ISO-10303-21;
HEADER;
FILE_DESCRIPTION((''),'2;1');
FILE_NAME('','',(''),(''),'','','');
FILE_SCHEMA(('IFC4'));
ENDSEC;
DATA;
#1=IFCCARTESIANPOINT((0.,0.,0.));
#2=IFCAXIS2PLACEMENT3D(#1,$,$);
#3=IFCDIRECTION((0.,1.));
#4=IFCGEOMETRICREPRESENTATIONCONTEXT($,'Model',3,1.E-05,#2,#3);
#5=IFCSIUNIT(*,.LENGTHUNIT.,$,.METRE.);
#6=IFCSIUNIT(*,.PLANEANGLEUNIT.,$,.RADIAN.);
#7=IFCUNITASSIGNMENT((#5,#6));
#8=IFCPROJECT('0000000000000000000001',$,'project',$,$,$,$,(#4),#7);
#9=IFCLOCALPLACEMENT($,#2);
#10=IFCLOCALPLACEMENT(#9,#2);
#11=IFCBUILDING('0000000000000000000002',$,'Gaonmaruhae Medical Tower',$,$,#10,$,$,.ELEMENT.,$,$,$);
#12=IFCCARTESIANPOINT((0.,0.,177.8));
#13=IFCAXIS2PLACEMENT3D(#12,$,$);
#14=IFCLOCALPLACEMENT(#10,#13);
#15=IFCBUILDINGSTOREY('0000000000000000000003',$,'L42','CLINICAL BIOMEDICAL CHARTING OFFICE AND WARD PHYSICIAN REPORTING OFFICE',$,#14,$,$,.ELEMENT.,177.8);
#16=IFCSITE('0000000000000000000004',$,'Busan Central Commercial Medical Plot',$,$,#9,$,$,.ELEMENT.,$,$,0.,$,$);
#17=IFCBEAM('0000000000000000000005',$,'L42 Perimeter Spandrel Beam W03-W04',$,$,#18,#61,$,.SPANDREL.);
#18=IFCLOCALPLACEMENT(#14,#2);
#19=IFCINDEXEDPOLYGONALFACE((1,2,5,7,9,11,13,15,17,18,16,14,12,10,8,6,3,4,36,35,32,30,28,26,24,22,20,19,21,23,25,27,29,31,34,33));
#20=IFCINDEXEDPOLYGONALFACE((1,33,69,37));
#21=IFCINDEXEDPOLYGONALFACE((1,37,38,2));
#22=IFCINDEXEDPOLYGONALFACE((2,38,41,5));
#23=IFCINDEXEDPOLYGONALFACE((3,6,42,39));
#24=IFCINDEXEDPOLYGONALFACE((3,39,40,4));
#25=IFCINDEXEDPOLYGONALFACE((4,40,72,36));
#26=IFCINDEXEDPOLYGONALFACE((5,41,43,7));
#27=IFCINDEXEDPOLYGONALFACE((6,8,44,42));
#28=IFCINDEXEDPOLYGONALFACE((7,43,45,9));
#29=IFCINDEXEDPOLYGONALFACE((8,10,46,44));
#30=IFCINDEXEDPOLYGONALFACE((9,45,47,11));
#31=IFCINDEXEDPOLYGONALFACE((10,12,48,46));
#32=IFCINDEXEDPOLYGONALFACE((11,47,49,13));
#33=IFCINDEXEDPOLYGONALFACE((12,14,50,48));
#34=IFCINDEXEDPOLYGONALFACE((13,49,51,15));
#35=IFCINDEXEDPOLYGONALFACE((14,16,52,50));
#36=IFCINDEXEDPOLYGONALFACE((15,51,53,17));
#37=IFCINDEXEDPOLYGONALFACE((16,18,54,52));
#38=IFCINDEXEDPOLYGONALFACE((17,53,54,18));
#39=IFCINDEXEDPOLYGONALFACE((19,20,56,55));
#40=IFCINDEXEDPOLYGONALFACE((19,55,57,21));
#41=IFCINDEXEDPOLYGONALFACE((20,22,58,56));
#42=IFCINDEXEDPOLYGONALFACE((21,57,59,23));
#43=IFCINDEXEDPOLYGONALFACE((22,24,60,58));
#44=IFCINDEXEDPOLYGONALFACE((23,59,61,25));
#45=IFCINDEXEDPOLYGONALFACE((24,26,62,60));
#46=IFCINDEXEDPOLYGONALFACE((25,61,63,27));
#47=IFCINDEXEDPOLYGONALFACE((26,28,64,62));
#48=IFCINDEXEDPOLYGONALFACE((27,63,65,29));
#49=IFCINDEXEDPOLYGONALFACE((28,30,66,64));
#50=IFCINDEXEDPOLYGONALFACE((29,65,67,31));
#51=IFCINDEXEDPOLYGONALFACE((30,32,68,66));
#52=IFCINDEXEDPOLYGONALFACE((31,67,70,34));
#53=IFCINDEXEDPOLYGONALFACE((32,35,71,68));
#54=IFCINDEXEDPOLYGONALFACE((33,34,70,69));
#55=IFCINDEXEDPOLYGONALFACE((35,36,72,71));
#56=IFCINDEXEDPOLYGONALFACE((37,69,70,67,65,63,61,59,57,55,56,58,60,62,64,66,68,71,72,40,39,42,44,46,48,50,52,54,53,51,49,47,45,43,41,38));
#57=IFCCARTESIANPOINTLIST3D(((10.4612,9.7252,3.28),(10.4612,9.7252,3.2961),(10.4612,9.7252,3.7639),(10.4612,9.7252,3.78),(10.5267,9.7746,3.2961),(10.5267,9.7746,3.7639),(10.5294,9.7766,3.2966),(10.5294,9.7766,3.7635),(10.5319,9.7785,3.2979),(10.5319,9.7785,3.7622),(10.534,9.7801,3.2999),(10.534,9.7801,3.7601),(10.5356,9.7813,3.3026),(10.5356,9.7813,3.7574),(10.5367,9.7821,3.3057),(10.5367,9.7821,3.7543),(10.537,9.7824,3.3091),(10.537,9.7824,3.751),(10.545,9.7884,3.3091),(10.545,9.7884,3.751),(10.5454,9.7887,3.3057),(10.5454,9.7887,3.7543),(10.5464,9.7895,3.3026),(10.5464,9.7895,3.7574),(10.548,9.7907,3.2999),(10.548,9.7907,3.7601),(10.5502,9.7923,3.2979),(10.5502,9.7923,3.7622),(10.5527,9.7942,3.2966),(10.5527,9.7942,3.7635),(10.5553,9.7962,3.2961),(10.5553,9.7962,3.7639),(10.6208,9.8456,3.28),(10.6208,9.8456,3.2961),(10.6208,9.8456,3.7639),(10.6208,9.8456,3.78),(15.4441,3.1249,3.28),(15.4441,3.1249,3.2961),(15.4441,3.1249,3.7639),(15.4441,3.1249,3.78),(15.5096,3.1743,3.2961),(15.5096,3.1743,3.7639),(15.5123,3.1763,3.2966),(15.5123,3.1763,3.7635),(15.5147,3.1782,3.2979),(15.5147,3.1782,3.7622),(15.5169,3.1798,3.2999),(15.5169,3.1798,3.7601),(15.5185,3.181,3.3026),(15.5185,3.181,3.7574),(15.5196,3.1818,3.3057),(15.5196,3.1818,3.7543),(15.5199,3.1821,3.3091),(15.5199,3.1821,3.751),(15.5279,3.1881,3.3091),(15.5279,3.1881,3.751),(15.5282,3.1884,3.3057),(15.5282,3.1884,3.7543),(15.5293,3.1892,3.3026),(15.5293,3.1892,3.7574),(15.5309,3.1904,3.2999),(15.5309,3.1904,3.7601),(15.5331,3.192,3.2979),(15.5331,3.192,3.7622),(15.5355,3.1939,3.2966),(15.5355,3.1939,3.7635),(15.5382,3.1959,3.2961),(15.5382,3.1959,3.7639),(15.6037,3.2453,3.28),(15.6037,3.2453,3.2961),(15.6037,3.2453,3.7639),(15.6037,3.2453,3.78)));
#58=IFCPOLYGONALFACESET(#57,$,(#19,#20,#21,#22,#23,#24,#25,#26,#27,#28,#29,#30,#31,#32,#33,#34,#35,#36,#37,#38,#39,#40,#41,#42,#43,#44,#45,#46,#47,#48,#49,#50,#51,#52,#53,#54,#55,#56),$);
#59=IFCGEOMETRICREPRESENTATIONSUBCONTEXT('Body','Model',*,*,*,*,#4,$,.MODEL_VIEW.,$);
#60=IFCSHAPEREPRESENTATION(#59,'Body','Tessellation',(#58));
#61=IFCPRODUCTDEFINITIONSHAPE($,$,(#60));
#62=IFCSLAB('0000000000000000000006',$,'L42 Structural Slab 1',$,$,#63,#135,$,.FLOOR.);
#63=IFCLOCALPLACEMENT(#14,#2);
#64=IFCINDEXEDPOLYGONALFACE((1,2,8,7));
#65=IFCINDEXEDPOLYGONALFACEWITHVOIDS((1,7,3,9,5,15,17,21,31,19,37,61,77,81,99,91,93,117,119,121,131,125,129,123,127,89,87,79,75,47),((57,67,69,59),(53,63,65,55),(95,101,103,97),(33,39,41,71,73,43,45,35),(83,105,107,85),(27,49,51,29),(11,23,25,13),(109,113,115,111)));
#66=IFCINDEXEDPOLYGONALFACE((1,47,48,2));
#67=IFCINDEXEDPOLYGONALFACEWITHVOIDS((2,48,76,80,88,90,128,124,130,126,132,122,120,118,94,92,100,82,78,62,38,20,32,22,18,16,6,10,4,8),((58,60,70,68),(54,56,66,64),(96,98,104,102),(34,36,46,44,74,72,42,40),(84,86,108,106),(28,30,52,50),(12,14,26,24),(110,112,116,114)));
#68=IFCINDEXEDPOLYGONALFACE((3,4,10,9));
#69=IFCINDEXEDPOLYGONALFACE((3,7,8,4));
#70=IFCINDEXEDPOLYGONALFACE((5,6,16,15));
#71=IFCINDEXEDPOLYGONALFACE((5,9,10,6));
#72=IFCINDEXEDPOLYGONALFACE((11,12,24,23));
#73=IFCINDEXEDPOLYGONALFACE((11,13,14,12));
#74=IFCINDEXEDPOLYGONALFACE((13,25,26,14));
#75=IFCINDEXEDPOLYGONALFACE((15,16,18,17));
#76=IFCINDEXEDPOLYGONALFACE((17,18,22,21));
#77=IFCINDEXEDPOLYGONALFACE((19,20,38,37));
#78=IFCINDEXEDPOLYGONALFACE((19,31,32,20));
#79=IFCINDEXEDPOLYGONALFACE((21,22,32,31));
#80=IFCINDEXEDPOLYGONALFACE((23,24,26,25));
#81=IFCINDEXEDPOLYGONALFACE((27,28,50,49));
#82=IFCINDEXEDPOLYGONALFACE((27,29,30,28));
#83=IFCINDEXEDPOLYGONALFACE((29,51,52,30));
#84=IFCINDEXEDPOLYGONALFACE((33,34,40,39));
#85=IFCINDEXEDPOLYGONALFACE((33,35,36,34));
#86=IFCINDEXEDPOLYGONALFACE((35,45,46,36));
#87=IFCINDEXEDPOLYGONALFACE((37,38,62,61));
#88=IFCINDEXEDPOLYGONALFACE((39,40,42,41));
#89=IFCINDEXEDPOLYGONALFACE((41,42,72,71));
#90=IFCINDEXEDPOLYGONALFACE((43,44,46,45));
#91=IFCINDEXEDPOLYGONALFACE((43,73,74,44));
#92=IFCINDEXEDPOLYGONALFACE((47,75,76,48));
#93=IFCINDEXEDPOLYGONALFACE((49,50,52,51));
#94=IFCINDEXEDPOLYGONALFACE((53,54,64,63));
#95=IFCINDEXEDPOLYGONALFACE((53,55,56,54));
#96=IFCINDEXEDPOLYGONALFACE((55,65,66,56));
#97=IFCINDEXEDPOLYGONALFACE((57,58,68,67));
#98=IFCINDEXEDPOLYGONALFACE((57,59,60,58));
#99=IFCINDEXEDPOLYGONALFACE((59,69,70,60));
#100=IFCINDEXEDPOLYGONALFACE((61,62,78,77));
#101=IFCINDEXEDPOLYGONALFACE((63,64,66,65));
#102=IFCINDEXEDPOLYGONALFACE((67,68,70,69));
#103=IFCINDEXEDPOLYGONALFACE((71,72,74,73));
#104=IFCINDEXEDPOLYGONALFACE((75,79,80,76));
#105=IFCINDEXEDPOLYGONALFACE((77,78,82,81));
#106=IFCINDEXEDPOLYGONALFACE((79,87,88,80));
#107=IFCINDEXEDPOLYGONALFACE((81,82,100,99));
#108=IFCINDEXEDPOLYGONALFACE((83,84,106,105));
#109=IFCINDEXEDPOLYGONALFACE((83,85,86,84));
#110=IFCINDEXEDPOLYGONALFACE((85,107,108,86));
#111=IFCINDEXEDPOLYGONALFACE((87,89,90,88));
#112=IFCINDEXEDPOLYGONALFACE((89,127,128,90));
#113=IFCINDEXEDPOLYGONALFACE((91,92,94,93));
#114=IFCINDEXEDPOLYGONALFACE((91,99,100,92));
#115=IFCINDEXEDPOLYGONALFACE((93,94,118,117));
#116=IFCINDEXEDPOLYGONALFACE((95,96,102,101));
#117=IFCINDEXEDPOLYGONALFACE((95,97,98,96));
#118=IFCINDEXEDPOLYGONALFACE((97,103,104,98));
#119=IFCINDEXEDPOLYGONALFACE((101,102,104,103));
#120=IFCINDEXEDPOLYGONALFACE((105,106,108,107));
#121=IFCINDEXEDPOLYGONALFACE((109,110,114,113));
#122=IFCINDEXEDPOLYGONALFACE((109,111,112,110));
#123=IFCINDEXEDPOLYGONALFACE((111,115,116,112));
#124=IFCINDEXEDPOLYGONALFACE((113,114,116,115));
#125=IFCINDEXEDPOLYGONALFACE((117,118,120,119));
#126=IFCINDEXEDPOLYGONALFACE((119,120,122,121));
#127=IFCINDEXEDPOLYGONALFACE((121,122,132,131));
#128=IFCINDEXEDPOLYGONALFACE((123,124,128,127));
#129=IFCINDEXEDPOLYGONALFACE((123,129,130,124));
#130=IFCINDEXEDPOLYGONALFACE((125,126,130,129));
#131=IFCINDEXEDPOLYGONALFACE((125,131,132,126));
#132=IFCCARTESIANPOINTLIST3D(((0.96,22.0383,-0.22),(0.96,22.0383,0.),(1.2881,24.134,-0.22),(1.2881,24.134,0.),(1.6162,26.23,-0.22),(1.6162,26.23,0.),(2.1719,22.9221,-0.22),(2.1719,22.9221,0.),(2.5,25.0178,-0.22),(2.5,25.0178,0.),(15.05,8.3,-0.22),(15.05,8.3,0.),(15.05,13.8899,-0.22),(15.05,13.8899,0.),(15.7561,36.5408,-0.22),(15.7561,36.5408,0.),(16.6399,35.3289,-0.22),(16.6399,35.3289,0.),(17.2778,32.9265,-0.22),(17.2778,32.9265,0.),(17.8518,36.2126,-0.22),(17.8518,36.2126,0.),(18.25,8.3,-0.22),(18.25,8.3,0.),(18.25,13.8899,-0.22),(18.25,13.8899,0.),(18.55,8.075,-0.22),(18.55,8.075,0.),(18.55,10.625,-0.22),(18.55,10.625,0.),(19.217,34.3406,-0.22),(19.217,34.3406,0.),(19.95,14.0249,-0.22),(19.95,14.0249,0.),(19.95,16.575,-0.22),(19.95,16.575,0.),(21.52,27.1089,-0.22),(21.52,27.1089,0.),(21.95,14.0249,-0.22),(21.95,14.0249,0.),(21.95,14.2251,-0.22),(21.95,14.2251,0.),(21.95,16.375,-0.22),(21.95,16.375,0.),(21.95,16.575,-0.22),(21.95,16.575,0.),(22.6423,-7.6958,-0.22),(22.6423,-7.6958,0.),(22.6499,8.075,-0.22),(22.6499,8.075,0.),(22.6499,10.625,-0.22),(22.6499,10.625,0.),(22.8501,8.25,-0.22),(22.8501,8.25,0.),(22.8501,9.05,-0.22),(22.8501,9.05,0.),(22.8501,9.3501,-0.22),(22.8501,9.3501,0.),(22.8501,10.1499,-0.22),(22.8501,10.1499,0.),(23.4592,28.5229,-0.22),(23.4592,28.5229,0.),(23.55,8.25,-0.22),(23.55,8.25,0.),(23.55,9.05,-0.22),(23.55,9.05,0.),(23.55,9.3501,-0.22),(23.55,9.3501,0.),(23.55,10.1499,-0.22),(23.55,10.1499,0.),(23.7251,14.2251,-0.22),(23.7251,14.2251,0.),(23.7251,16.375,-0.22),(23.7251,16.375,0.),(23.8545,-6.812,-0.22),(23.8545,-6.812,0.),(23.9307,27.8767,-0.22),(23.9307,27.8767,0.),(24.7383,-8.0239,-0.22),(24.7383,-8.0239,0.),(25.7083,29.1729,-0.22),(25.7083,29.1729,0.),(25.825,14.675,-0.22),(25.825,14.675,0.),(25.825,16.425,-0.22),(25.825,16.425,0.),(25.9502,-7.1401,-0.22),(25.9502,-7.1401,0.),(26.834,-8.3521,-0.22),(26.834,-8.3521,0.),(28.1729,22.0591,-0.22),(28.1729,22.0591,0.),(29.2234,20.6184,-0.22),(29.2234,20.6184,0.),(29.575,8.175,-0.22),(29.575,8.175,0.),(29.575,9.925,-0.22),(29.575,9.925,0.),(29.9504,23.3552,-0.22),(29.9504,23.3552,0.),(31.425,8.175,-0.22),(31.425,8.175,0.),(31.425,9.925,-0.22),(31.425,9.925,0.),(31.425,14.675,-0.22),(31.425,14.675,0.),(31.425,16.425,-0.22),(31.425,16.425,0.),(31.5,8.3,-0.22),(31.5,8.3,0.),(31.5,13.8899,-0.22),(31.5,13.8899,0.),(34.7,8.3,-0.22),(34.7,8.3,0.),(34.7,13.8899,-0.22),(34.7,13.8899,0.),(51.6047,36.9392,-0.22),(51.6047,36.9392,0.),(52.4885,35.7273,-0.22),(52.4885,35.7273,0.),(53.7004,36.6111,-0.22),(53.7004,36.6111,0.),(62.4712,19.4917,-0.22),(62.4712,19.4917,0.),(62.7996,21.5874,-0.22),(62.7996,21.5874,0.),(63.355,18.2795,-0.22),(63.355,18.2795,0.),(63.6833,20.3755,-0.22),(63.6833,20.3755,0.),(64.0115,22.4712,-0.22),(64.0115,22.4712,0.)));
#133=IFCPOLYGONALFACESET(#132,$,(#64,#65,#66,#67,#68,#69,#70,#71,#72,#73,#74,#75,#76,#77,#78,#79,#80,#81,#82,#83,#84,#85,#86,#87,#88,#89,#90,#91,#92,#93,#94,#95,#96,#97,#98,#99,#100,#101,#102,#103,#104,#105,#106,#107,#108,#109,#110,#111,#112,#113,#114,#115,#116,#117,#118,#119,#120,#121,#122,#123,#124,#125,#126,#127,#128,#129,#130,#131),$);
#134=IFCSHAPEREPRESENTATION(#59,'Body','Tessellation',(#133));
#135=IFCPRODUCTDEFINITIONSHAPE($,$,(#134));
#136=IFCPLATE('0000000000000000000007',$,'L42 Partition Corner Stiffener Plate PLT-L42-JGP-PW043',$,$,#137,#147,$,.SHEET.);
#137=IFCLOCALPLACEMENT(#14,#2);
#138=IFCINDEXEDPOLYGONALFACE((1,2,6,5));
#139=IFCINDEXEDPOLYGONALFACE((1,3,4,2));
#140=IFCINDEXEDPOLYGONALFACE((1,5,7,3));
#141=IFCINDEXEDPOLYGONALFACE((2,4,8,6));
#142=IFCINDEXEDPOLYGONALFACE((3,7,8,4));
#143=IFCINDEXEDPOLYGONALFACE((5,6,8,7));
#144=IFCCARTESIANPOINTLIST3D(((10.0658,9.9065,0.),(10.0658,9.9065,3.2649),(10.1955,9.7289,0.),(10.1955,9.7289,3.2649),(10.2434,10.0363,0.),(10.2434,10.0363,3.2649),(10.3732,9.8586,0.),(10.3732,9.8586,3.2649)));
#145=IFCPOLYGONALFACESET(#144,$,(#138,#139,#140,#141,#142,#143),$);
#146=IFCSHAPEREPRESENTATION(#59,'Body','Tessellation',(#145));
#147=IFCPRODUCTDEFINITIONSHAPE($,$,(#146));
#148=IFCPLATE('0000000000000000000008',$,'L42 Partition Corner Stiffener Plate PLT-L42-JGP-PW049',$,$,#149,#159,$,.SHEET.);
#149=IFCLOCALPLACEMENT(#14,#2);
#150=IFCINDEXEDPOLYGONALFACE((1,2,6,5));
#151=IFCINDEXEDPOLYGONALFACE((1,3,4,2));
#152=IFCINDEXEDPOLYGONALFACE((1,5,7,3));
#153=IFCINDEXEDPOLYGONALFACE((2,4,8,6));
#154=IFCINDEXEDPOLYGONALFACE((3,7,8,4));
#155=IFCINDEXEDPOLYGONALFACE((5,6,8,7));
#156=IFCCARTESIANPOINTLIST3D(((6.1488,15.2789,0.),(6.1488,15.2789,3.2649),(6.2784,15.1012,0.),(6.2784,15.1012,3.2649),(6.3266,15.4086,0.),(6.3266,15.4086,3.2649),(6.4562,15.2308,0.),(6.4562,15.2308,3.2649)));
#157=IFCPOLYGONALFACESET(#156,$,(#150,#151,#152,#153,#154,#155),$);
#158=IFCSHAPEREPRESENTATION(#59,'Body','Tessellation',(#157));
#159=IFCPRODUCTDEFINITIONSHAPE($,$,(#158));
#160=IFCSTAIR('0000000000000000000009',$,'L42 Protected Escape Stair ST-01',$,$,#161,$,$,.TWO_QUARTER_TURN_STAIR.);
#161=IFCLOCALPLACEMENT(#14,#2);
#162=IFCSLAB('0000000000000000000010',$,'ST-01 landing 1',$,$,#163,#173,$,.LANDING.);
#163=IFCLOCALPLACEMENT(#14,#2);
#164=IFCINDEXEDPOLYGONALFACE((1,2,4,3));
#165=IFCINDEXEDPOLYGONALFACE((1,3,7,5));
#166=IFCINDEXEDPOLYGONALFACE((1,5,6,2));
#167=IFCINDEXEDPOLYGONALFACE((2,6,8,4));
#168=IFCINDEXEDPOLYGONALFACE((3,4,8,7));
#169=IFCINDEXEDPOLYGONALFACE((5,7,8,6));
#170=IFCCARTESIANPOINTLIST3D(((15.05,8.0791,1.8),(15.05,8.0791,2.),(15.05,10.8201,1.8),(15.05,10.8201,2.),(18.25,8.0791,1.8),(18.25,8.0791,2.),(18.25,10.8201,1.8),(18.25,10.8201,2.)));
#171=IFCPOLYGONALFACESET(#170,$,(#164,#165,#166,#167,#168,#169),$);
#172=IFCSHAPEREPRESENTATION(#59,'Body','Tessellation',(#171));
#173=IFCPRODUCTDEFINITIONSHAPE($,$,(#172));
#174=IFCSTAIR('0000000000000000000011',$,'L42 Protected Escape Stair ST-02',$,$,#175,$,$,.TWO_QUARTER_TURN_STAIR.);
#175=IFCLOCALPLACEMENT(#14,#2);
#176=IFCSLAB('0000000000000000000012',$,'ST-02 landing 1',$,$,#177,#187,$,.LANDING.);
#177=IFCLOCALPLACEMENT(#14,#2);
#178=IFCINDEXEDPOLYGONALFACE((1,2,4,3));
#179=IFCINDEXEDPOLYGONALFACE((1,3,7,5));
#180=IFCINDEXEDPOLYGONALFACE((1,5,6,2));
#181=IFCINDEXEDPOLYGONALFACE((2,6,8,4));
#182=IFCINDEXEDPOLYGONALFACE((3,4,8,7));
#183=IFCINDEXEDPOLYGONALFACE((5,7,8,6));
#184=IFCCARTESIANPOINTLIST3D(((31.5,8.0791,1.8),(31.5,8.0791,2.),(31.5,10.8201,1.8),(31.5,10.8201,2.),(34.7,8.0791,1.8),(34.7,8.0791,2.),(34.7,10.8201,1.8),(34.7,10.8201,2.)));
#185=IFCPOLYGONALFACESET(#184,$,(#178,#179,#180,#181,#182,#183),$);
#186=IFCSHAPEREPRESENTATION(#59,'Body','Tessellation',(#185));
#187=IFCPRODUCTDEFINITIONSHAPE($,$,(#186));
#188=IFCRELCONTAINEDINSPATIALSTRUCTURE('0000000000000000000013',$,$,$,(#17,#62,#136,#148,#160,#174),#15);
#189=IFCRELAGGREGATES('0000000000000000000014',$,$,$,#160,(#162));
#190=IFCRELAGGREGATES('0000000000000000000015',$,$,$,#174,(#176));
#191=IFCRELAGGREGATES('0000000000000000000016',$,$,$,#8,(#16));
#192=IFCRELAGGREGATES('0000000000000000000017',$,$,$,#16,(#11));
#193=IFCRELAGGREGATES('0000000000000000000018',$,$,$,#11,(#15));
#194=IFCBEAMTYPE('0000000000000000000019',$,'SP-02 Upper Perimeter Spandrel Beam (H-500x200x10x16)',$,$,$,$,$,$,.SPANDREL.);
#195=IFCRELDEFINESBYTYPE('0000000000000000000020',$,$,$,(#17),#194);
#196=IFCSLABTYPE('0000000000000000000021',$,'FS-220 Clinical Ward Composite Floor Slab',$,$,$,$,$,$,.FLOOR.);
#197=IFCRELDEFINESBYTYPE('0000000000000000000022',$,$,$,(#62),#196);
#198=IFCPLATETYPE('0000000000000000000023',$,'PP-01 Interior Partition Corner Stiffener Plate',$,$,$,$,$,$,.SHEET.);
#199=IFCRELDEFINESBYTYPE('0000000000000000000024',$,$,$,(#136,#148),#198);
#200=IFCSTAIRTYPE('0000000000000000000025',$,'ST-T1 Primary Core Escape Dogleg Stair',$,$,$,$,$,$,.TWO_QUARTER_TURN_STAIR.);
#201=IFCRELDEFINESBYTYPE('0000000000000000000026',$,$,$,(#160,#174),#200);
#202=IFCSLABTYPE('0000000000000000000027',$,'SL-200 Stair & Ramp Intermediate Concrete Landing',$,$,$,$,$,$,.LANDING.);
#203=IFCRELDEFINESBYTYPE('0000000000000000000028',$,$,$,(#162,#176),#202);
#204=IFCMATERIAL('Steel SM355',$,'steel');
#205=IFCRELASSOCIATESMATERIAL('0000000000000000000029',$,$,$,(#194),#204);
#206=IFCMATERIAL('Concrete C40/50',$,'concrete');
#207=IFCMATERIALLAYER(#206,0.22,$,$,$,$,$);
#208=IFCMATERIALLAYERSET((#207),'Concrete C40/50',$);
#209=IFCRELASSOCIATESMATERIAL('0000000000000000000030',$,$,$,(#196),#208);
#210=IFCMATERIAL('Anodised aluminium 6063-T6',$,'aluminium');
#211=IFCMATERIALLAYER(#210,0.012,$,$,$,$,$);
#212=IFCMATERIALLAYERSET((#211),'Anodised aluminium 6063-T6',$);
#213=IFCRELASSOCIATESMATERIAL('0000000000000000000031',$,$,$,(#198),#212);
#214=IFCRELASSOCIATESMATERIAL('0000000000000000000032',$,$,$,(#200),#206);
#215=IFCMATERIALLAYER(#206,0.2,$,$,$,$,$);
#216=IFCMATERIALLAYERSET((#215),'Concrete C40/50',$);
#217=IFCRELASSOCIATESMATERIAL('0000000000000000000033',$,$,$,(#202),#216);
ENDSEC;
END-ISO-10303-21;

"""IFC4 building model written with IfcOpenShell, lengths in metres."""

from ifc_helpers import new_model, si_unit, direction, frame, origin, origin_2d, place, context, subcontext, project, spatial, polyline, rectangle, i_section, outline, extrude, material, layer, layer_set, material_profile, profile_set, type_object, element, aggregate, save


model = new_model("IFC4")

# Units and contexts
model_context = context("Model", 3, precision=1e-05, world=origin(), true_north=direction((0.0, 1.0)))
body_context = subcontext(model_context, "Body", "Model", "MODEL_VIEW")
ifc_project = project(units=[si_unit("LENGTHUNIT", "METRE"), si_unit("PLANEANGLEUNIT", "RADIAN")], contexts=[model_context])

# Site, building, storey
site_placement = place(None, origin())
site = spatial("IfcSite", under=ifc_project, at=site_placement, Name="Busan Central Commercial Medical Plot", CompositionType="ELEMENT", RefElevation=0.0)
building_placement = place(site_placement, origin())
building = spatial("IfcBuilding", under=site, at=building_placement, Name="Gaonmaruhae Medical Tower", CompositionType="ELEMENT")
storey_placement = place(building_placement, frame((0.0, 0.0, 177.8)))
storey = spatial("IfcBuildingStorey", under=building, at=storey_placement, Name="L42", Description="CLINICAL BIOMEDICAL CHARTING OFFICE AND WARD PHYSICIAN REPORTING OFFICE", CompositionType="ELEMENT", Elevation=177.8)

# Beam
ifc_material_1 = material(Name="Steel SM355", Category="steel")
ifc_material_profile_1 = material_profile(ifc_material_1, i_section(OverallWidth=0.2, OverallDepth=0.5, WebThickness=0.01, FlangeThickness=0.0161, FilletRadius=0.0129, at=origin_2d()), Name="H-500x200x10x16")
ifc_profile_set_1 = profile_set([ifc_material_profile_1], Name="Steel SM355")
beam_type_1 = type_object("IfcBeamType", Name="SP-02 Upper Perimeter Spandrel Beam (H-500x200x10x16)", PredefinedType="SPANDREL", material=ifc_profile_set_1)
beam_1_placement = place(storey_placement, frame((10.541, 9.7854, 3.53), z_axis=(0.602524, -0.798101, 0.0), x_axis=(0.798101, 0.602524, 0.0)))
element("IfcBeam", 1, at=beam_1_placement, inside=storey, type_object=beam_type_1, Name="L42 Perimeter Spandrel Beam W03-W04", PredefinedType="SPANDREL", context=body_context, shape_type="SweptSolid", body=[
    extrude(i_section(OverallWidth=0.2, OverallDepth=0.5, WebThickness=0.01, FlangeThickness=0.0161, FilletRadius=0.0129, at=origin_2d()), origin(), (0.0, 0.0, 1.0), 8.27),
])

# Slab
ifc_material_2 = material(Name="Concrete C40/50", Category="concrete")
ifc_layer_1 = layer(ifc_material_2, 0.22)
ifc_layer_set_1 = layer_set([ifc_layer_1], Name="Concrete C40/50")
slab_type_1 = type_object("IfcSlabType", Name="FS-220 Clinical Ward Composite Floor Slab", PredefinedType="FLOOR", material=ifc_layer_set_1)
slab_1_placement = place(storey_placement, frame((0.0, 0.0, -0.22)))
element("IfcSlab", 2, at=slab_1_placement, inside=storey, type_object=slab_type_1, Name="L42 Structural Slab 1", PredefinedType="FLOOR", context=body_context, shape_type="SweptSolid", body=[
    extrude(outline(polyline([(51.6047, 36.9392), (52.4885, 35.7273), (53.7004, 36.6111), (64.0115, 22.4712), (62.7996, 21.5874), (63.6833, 20.3755), (62.4712, 19.4917), (63.355, 18.2795), (26.834, -8.3521), (25.9502, -7.1401), (24.7383, -8.0239), (23.8545, -6.812), (22.6423, -7.6958), (0.96, 22.0383), (2.1719, 22.9221), (1.2881, 24.134), (2.5, 25.0178), (1.6162, 26.23), (15.7561, 36.5408), (16.6399, 35.3289), (17.8518, 36.2126), (19.217, 34.3406), (17.2778, 32.9265), (21.52, 27.1089), (23.4592, 28.5229), (23.9307, 27.8767), (25.7083, 29.1729), (29.9504, 23.3552), (28.1729, 22.0591), (29.2234, 20.6184), (51.6047, 36.9392)]), holes=[polyline([(23.55, 8.25), (22.8501, 8.25), (22.8501, 9.05), (23.55, 9.05), (23.55, 8.25)]), polyline([(31.425, 9.925), (31.425, 8.175), (29.575, 8.175), (29.575, 9.925), (31.425, 9.925)]), polyline([(22.6499, 10.625), (22.6499, 8.075), (18.55, 8.075), (18.55, 10.625), (22.6499, 10.625)]), polyline([(23.55, 9.3501), (22.8501, 9.3501), (22.8501, 10.1499), (23.55, 10.1499), (23.55, 9.3501)]), polyline([(15.05, 13.8899), (18.25, 13.8899), (18.25, 8.3), (15.05, 8.3), (15.05, 13.8899)]), polyline([(31.5, 13.8899), (34.7, 13.8899), (34.7, 8.3), (31.5, 8.3), (31.5, 13.8899)]), polyline([(21.95, 14.2251), (21.95, 14.0249), (19.95, 14.0249), (19.95, 16.575), (21.95, 16.575), (21.95, 16.375), (23.7251, 16.375), (23.7251, 14.2251), (21.95, 14.2251)]), polyline([(31.425, 16.425), (31.425, 14.675), (25.825, 14.675), (25.825, 16.425), (31.425, 16.425)])]), origin(), (0.0, 0.0, 1.0), 0.22),
])

# Plates
ifc_material_3 = material(Name="Anodised aluminium 6063-T6", Category="aluminium")
ifc_layer_2 = layer(ifc_material_3, 0.012)
ifc_layer_set_2 = layer_set([ifc_layer_2], Name="Anodised aluminium 6063-T6")
plate_type = type_object("IfcPlateType", Name="PP-01 Interior Partition Corner Stiffener Plate", PredefinedType="SHEET", material=ifc_layer_set_2)
for number, where, z_axis, x_axis, name in (
    (3, (10.2195, 9.8826, 0.0), (0.0, 0.0, 1.0), (-0.589788, 0.807558, 0.0), "L42 Partition Corner Stiffener Plate PLT-L42-JGP-PW043"),
    (4, (6.3025, 15.2549, 0.0), (0.0, 0.0, 1.0), (-0.589196, 0.80799, 0.0), "L42 Partition Corner Stiffener Plate PLT-L42-JGP-PW049"),
):
    element("IfcPlate", number, at=place(storey_placement, frame(where, z_axis=z_axis, x_axis=x_axis)), inside=storey, type_object=plate_type, Name=name, PredefinedType="SHEET", context=body_context, shape_type="SweptSolid", body=[
        extrude(rectangle(XDim=0.22, YDim=0.22, at=origin_2d()), origin(), (0.0, 0.0, 1.0), 3.2649),
    ])

# Stairs, slabs
stair_type = type_object("IfcStairType", Name="ST-T1 Primary Core Escape Dogleg Stair", PredefinedType="TWO_QUARTER_TURN_STAIR", material=ifc_material_2)
stair_1_placement = place(storey_placement, origin())
stair_1 = element("IfcStair", 5, at=stair_1_placement, inside=storey, type_object=stair_type, Name="L42 Protected Escape Stair ST-01", PredefinedType="TWO_QUARTER_TURN_STAIR")
ifc_layer_3 = layer(ifc_material_2, 0.2)
ifc_layer_set_3 = layer_set([ifc_layer_3], Name="Concrete C40/50")
slab_type_2 = type_object("IfcSlabType", Name="SL-200 Stair & Ramp Intermediate Concrete Landing", PredefinedType="LANDING", material=ifc_layer_set_3)
slab_2_placement = place(storey_placement, frame((0.0, 0.0, 1.8)))
slab_2 = element("IfcSlab", 6, at=slab_2_placement, type_object=slab_type_2, Name="ST-01 landing 1", PredefinedType="LANDING", context=body_context, shape_type="SweptSolid", body=[
    extrude(outline(polyline([(15.05, 10.8201), (15.05, 8.0791), (18.25, 8.0791), (18.25, 10.8201), (15.05, 10.8201)])), origin(), (0.0, 0.0, 1.0), 0.2),
])
aggregate(stair_1, [slab_2])
stair_2_placement = place(storey_placement, origin())
stair_2 = element("IfcStair", 7, at=stair_2_placement, inside=storey, type_object=stair_type, Name="L42 Protected Escape Stair ST-02", PredefinedType="TWO_QUARTER_TURN_STAIR")
slab_3_placement = place(storey_placement, frame((0.0, 0.0, 1.8)))
slab_3 = element("IfcSlab", 8, at=slab_3_placement, type_object=slab_type_2, Name="ST-02 landing 1", PredefinedType="LANDING", context=body_context, shape_type="SweptSolid", body=[
    extrude(outline(polyline([(31.5, 10.8201), (31.5, 8.0791), (34.7, 8.0791), (34.7, 10.8201), (31.5, 10.8201)])), origin(), (0.0, 0.0, 1.0), 0.2),
])
aggregate(stair_2, [slab_3])

save(model, "model.ifc")
